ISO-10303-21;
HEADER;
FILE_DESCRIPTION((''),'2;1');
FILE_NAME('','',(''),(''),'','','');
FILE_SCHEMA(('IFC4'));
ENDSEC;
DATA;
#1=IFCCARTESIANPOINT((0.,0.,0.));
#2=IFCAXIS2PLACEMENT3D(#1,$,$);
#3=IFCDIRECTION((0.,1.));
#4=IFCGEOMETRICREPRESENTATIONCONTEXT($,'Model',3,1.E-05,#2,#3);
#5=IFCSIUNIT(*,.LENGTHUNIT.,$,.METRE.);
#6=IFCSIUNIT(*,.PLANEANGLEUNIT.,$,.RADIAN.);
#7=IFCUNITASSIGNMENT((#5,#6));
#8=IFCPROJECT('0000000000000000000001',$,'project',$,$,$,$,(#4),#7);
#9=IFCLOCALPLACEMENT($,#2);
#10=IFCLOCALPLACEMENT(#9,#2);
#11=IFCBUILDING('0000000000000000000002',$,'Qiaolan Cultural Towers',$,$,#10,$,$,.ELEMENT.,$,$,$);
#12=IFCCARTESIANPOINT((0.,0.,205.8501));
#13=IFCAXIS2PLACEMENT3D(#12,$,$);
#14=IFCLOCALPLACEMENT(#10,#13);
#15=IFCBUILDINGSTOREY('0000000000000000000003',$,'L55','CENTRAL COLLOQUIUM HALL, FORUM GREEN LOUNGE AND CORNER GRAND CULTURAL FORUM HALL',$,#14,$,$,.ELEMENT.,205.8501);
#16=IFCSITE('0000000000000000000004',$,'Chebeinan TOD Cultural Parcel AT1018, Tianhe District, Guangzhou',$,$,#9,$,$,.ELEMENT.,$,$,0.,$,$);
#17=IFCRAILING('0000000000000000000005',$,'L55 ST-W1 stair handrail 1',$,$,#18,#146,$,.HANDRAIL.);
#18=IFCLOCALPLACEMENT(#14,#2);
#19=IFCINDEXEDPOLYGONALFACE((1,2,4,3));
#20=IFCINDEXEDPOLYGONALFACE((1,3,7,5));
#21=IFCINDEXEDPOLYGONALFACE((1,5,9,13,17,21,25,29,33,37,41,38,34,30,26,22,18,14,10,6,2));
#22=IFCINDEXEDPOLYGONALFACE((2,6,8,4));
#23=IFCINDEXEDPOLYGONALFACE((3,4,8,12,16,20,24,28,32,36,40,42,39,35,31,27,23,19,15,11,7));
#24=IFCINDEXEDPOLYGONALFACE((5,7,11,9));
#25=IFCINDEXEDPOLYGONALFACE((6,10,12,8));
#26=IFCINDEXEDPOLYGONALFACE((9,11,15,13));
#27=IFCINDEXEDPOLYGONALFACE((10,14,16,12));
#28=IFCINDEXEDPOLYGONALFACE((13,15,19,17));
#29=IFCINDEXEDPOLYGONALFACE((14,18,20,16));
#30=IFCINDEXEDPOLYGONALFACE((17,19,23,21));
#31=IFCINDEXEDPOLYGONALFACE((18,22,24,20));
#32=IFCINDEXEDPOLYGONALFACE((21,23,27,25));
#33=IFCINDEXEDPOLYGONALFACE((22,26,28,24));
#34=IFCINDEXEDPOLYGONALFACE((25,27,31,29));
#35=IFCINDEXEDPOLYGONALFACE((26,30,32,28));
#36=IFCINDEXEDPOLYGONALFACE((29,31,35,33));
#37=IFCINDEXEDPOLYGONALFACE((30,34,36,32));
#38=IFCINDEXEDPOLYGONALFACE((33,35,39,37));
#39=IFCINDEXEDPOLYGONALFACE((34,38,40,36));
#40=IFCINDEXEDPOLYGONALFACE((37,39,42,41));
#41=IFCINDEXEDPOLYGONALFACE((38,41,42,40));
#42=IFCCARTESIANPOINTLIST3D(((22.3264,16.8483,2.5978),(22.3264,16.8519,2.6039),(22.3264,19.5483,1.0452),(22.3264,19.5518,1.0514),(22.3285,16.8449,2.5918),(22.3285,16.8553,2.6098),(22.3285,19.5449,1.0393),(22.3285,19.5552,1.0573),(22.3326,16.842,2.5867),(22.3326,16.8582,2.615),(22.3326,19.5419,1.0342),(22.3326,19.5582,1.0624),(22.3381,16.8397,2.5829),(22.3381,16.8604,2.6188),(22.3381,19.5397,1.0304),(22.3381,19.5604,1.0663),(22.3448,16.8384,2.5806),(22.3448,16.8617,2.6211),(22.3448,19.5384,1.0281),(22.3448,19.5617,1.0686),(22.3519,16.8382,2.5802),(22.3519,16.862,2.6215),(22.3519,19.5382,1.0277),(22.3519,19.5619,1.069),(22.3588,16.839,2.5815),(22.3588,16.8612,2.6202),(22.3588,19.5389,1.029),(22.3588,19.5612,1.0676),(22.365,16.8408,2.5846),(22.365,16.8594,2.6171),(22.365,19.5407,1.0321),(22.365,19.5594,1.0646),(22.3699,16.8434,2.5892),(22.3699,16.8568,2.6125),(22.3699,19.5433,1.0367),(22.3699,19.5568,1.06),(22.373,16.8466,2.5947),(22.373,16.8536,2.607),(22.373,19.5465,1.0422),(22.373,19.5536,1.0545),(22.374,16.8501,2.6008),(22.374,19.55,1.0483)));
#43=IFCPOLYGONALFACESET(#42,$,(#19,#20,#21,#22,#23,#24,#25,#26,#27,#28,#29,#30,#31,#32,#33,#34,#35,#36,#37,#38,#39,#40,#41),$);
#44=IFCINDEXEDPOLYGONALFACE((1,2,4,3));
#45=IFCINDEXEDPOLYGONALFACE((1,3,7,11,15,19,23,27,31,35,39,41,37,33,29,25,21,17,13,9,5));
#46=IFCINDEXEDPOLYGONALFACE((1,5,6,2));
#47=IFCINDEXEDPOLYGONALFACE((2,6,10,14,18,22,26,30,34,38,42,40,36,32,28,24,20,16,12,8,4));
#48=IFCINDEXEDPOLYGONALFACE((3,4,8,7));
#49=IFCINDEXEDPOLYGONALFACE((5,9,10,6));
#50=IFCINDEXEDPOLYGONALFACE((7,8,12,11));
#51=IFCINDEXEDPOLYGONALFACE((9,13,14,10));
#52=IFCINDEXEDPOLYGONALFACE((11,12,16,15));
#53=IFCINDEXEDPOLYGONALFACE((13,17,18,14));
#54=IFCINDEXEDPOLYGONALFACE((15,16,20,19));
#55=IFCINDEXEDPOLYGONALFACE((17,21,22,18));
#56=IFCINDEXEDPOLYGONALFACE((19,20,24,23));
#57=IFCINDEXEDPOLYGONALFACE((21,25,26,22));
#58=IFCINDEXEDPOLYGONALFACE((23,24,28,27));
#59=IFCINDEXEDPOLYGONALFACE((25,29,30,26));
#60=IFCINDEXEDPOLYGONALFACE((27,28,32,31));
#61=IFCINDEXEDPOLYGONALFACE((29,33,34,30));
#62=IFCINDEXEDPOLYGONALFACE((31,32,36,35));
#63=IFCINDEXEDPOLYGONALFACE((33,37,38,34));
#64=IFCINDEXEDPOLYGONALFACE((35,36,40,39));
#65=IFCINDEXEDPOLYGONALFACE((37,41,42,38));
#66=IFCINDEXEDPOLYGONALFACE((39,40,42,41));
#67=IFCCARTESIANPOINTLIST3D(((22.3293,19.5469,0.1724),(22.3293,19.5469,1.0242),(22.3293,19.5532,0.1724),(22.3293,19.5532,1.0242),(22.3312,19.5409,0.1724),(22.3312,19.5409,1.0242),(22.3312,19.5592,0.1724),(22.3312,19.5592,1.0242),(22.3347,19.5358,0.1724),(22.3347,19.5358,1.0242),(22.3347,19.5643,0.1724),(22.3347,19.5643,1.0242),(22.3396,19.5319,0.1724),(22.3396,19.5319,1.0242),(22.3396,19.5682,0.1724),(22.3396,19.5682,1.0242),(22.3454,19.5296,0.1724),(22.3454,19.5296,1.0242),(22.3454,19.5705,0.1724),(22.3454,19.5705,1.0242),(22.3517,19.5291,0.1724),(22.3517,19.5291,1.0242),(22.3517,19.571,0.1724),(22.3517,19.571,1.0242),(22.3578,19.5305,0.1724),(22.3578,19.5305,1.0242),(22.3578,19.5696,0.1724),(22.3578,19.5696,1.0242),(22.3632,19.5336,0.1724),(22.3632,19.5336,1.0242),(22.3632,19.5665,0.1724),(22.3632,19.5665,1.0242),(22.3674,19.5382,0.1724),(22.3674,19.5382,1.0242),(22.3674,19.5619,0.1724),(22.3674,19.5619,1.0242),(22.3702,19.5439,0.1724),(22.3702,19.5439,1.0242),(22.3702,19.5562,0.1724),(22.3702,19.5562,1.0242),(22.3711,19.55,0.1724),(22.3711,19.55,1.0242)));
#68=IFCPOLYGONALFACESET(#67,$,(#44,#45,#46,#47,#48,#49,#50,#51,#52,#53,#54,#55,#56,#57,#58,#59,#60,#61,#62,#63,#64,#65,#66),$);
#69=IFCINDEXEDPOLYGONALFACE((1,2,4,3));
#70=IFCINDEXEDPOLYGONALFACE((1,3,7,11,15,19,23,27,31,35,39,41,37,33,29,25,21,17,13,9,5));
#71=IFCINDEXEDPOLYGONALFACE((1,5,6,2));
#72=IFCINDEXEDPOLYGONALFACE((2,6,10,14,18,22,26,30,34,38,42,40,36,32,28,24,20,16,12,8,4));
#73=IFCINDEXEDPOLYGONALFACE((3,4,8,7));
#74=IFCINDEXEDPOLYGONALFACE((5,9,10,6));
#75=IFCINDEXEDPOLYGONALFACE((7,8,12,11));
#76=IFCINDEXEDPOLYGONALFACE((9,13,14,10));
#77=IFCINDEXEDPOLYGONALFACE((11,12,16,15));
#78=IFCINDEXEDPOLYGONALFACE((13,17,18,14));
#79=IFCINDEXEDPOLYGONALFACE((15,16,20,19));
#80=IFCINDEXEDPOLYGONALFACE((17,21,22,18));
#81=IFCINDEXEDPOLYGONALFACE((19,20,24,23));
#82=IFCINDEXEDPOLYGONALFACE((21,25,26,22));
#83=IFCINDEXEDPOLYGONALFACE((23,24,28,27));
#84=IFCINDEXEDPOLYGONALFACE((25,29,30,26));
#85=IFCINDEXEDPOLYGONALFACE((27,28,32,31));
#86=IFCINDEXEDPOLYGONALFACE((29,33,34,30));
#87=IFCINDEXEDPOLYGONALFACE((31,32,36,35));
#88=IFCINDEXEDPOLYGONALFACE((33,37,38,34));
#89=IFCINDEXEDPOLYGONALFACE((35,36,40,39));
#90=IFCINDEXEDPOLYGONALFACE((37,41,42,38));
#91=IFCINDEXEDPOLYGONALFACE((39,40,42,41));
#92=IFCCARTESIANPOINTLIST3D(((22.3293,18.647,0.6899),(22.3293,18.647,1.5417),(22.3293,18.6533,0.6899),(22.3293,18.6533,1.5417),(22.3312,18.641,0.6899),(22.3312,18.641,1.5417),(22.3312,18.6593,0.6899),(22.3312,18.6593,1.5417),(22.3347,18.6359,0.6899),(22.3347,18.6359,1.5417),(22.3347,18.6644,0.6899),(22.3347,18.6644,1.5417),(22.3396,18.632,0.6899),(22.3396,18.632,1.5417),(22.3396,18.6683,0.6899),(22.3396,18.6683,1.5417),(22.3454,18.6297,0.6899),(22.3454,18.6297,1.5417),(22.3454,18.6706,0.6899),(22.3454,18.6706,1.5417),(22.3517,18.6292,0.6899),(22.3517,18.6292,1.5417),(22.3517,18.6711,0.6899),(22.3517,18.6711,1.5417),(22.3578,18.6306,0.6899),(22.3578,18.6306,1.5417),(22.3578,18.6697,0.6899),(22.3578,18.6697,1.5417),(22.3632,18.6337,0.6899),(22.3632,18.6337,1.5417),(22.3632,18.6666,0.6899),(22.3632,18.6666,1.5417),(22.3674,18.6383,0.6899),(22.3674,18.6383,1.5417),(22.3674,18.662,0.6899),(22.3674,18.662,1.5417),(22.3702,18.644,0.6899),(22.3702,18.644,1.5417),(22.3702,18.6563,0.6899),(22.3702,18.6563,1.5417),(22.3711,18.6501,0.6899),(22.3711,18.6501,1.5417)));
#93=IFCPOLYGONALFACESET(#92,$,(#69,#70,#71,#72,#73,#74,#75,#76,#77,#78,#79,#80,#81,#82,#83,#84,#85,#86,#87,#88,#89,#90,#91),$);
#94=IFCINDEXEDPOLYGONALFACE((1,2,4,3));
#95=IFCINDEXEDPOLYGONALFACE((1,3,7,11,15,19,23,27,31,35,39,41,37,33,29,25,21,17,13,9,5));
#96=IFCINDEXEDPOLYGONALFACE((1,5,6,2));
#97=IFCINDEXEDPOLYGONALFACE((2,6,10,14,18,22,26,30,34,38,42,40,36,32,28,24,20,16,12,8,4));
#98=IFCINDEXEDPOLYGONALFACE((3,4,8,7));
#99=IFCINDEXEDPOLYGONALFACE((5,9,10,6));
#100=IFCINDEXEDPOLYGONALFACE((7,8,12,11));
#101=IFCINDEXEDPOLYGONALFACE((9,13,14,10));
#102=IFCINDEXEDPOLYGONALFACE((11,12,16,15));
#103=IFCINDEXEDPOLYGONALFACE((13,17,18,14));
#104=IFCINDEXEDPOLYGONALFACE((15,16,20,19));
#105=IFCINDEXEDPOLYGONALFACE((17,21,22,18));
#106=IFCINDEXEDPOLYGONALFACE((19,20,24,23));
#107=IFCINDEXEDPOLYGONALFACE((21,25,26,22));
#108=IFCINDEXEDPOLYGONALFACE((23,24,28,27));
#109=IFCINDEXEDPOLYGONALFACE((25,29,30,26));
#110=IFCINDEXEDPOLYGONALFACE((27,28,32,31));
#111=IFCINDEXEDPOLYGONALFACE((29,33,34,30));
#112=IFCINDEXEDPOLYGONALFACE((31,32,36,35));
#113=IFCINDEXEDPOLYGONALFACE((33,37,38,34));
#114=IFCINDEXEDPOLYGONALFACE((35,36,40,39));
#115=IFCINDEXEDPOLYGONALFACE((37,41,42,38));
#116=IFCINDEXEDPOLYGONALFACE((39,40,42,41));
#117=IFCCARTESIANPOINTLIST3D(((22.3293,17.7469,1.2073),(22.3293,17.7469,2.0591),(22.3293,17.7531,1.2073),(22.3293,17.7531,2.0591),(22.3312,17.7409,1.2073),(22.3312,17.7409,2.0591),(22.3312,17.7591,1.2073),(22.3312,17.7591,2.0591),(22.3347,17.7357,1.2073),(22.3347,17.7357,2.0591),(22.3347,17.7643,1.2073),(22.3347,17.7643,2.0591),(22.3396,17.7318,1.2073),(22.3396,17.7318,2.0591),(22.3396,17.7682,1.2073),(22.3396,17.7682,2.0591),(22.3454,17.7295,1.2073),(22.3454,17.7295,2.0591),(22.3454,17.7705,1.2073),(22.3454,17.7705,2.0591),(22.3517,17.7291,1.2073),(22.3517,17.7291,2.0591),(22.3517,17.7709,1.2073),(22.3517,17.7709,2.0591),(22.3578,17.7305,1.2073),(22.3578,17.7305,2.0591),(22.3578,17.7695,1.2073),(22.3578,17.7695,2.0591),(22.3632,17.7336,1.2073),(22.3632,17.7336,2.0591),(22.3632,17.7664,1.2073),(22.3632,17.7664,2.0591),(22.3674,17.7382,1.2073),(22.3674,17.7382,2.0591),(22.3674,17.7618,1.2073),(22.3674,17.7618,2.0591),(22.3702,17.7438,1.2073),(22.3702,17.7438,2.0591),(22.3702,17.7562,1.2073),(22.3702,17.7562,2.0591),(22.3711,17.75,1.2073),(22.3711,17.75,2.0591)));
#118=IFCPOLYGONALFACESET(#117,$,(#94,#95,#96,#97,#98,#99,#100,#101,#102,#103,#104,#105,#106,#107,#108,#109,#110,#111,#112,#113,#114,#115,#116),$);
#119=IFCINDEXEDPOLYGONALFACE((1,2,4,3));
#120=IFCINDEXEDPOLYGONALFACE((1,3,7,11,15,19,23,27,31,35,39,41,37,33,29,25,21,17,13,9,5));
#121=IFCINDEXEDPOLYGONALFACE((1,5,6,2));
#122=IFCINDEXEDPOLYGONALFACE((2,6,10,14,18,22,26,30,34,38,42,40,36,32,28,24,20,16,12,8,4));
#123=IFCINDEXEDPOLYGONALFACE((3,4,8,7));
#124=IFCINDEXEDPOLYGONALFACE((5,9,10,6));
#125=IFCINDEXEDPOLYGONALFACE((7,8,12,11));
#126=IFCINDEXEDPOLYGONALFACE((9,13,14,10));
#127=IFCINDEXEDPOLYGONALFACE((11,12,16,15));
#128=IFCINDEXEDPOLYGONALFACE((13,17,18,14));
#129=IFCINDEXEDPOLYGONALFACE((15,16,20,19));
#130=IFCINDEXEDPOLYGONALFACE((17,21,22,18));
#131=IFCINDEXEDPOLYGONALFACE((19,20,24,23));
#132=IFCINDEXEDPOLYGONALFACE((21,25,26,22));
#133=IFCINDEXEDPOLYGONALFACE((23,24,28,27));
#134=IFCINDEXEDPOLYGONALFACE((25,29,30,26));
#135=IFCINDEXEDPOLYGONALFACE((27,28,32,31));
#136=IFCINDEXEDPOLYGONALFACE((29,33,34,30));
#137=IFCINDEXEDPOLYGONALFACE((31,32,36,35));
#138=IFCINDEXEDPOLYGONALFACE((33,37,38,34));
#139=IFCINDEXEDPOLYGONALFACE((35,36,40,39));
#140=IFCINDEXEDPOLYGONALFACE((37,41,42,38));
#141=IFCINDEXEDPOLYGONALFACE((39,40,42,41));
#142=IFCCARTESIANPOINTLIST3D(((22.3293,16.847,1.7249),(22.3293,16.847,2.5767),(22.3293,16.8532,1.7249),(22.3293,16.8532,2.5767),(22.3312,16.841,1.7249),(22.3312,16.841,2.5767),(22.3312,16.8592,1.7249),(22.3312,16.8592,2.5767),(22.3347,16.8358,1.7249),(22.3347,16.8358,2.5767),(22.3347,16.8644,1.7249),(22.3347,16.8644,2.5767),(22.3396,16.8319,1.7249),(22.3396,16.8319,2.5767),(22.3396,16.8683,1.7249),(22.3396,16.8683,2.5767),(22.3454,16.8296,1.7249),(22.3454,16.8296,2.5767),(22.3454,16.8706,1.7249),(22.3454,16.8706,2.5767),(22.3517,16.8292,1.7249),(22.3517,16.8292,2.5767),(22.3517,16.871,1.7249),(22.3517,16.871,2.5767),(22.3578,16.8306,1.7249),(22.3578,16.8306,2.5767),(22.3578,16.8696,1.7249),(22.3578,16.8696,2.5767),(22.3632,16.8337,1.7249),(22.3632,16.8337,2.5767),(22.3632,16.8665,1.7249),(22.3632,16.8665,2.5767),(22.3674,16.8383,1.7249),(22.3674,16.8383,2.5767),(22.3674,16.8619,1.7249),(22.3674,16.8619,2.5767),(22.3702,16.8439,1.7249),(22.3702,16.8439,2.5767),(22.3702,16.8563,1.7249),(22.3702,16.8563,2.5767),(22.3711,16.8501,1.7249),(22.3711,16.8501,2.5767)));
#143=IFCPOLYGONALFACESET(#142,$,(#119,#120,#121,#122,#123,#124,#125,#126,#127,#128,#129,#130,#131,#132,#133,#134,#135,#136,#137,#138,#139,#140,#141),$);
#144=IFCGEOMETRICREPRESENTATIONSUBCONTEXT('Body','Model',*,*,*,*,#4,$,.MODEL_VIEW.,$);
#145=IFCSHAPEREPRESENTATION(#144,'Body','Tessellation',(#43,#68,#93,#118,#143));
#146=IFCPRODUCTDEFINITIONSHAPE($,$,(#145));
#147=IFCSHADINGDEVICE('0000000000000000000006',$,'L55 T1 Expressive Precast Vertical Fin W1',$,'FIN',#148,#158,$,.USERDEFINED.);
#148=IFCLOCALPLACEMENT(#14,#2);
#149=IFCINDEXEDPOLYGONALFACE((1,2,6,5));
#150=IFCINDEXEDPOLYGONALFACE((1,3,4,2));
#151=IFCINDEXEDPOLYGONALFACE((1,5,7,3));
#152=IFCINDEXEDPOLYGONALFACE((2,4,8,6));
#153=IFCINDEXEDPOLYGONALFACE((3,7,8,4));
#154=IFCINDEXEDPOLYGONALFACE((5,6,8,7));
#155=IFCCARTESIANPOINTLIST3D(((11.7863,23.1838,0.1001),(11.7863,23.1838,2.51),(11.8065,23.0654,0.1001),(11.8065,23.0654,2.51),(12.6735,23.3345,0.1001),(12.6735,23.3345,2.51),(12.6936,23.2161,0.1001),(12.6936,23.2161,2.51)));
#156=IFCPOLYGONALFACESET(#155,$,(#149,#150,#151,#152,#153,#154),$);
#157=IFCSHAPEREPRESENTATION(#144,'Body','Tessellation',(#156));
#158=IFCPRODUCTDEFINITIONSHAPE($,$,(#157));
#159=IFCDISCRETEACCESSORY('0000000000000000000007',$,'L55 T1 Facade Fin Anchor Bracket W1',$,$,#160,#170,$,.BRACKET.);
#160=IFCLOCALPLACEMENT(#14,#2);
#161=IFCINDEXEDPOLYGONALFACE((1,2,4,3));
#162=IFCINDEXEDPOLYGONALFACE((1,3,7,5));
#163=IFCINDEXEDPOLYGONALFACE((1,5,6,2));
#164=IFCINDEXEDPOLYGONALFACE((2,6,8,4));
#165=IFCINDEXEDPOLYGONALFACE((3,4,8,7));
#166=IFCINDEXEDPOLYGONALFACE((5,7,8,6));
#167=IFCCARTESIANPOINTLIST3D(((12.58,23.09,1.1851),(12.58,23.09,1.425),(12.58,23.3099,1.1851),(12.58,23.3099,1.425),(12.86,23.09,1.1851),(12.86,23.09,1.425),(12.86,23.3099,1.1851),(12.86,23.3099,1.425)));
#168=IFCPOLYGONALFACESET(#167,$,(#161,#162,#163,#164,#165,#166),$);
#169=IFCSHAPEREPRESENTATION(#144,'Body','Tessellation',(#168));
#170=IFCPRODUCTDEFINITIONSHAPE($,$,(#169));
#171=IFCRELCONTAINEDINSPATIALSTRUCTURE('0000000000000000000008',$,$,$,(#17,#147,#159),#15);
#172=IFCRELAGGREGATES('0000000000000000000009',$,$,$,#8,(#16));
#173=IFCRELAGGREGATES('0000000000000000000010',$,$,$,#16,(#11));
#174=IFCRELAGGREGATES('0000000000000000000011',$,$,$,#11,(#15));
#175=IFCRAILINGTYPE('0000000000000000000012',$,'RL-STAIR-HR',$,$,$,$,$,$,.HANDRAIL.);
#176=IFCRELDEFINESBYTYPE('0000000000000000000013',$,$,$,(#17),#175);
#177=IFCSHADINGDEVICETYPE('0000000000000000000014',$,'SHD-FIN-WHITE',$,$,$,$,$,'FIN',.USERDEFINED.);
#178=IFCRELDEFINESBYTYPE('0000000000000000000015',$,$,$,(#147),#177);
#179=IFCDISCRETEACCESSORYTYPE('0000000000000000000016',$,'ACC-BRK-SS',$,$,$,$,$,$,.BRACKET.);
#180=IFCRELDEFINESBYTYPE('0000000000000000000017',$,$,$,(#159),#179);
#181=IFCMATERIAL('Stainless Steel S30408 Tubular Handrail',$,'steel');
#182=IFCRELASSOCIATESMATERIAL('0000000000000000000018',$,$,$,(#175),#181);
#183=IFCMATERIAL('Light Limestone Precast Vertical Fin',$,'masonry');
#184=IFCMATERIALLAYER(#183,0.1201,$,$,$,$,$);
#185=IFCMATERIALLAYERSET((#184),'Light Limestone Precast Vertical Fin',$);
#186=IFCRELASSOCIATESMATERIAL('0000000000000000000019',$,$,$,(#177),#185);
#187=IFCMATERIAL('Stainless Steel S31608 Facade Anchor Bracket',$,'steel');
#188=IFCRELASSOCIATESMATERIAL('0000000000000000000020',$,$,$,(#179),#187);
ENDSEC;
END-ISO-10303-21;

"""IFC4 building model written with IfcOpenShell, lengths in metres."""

from ifc_helpers import new_model, si_unit, direction, frame, origin, origin_2d, place, context, subcontext, project, spatial, rectangle, circle, extrude, material, layer, layer_set, type_object, element, save


model = new_model("IFC4")

# Units and contexts
model_context = context("Model", 3, precision=1e-05, world=origin(), true_north=direction((0.0, 1.0)))
body_context = subcontext(model_context, "Body", "Model", "MODEL_VIEW")
ifc_project = project(units=[si_unit("LENGTHUNIT", "METRE"), si_unit("PLANEANGLEUNIT", "RADIAN")], contexts=[model_context])

# Site, building, storey
site_placement = place(None, origin())
site = spatial("IfcSite", under=ifc_project, at=site_placement, Name="Chebeinan TOD Cultural Parcel AT1018, Tianhe District, Guangzhou", CompositionType="ELEMENT", RefElevation=0.0)
building_placement = place(site_placement, origin())
building = spatial("IfcBuilding", under=site, at=building_placement, Name="Qiaolan Cultural Towers", CompositionType="ELEMENT")
storey_placement = place(building_placement, frame((0.0, 0.0, 205.8501)))
storey = spatial("IfcBuildingStorey", under=building, at=storey_placement, Name="L55", Description="CENTRAL COLLOQUIUM HALL, FORUM GREEN LOUNGE AND CORNER GRAND CULTURAL FORUM HALL", CompositionType="ELEMENT", Elevation=205.8501)

# Railing
ifc_material_1 = material(Name="Stainless Steel S30408 Tubular Handrail", Category="steel")
railing_type_1 = type_object("IfcRailingType", Name="RL-STAIR-HR", PredefinedType="HANDRAIL", material=ifc_material_1)
railing_1_placement = place(storey_placement, frame((22.3501, 19.55, 0.1724)))
element("IfcRailing", 1, at=railing_1_placement, inside=storey, type_object=railing_type_1, Name="L55 ST-W1 stair handrail 1", PredefinedType="HANDRAIL", context=body_context, shape_type="SweptSolid", body=[
    extrude(circle(Radius=0.0239, at=origin_2d()), frame((0.0, 0.0, 0.876), z_axis=(0.0, -0.866904, 0.498476), x_axis=(1.0, 0.0, 0.0)), (0.0, 0.0, 1.0), 3.1145),
    extrude(circle(Radius=0.021, at=origin_2d()), origin(), (0.0, 0.0, 1.0), 0.8518),
    extrude(circle(Radius=0.021, at=origin_2d()), frame((0.0, -0.8999, 0.5176)), (0.0, 0.0, 1.0), 0.8518),
    extrude(circle(Radius=0.021, at=origin_2d()), frame((0.0, -1.8, 1.0349)), (0.0, 0.0, 1.0), 0.8518),
    extrude(circle(Radius=0.021, at=origin_2d()), frame((0.0, -2.7, 1.5525)), (0.0, 0.0, 1.0), 0.8518),
])

# Shading device
ifc_material_2 = material(Name="Light Limestone Precast Vertical Fin", Category="masonry")
ifc_layer_1 = layer(ifc_material_2, 0.1201)
ifc_layer_set_1 = layer_set([ifc_layer_1], Name="Light Limestone Precast Vertical Fin")
shading_device_type = type_object("IfcShadingDeviceType", Name="SHD-FIN-WHITE", ElementType="FIN", PredefinedType="USERDEFINED", material=ifc_layer_set_1)
shading_device_placement = place(storey_placement, frame((12.24, 23.2, 0.1001), z_axis=(0.0, 0.0, 1.0), x_axis=(0.985874, 0.167488, 0.0)))
element("IfcShadingDevice", 2, at=shading_device_placement, inside=storey, type_object=shading_device_type, Name="L55 T1 Expressive Precast Vertical Fin W1", ObjectType="FIN", PredefinedType="USERDEFINED", context=body_context, shape_type="SweptSolid", body=[
    extrude(rectangle(XDim=0.8999, YDim=0.1201, at=origin_2d()), origin(), (0.0, 0.0, 1.0), 2.4099),
])

# Discrete accessory
ifc_material_3 = material(Name="Stainless Steel S31608 Facade Anchor Bracket", Category="steel")
discrete_accessory_type = type_object("IfcDiscreteAccessoryType", Name="ACC-BRK-SS", PredefinedType="BRACKET", material=ifc_material_3)
discrete_accessory_placement = place(storey_placement, frame((12.72, 23.2, 1.1851), z_axis=(0.0, 0.0, 1.0), x_axis=(1.0, 0.0, 0.0)))
element("IfcDiscreteAccessory", 3, at=discrete_accessory_placement, inside=storey, type_object=discrete_accessory_type, Name="L55 T1 Facade Fin Anchor Bracket W1", PredefinedType="BRACKET", context=body_context, shape_type="SweptSolid", body=[
    extrude(rectangle(XDim=0.28, YDim=0.22, at=origin_2d()), origin(), (0.0, 0.0, 1.0), 0.24),
])

save(model, "model.ifc")
